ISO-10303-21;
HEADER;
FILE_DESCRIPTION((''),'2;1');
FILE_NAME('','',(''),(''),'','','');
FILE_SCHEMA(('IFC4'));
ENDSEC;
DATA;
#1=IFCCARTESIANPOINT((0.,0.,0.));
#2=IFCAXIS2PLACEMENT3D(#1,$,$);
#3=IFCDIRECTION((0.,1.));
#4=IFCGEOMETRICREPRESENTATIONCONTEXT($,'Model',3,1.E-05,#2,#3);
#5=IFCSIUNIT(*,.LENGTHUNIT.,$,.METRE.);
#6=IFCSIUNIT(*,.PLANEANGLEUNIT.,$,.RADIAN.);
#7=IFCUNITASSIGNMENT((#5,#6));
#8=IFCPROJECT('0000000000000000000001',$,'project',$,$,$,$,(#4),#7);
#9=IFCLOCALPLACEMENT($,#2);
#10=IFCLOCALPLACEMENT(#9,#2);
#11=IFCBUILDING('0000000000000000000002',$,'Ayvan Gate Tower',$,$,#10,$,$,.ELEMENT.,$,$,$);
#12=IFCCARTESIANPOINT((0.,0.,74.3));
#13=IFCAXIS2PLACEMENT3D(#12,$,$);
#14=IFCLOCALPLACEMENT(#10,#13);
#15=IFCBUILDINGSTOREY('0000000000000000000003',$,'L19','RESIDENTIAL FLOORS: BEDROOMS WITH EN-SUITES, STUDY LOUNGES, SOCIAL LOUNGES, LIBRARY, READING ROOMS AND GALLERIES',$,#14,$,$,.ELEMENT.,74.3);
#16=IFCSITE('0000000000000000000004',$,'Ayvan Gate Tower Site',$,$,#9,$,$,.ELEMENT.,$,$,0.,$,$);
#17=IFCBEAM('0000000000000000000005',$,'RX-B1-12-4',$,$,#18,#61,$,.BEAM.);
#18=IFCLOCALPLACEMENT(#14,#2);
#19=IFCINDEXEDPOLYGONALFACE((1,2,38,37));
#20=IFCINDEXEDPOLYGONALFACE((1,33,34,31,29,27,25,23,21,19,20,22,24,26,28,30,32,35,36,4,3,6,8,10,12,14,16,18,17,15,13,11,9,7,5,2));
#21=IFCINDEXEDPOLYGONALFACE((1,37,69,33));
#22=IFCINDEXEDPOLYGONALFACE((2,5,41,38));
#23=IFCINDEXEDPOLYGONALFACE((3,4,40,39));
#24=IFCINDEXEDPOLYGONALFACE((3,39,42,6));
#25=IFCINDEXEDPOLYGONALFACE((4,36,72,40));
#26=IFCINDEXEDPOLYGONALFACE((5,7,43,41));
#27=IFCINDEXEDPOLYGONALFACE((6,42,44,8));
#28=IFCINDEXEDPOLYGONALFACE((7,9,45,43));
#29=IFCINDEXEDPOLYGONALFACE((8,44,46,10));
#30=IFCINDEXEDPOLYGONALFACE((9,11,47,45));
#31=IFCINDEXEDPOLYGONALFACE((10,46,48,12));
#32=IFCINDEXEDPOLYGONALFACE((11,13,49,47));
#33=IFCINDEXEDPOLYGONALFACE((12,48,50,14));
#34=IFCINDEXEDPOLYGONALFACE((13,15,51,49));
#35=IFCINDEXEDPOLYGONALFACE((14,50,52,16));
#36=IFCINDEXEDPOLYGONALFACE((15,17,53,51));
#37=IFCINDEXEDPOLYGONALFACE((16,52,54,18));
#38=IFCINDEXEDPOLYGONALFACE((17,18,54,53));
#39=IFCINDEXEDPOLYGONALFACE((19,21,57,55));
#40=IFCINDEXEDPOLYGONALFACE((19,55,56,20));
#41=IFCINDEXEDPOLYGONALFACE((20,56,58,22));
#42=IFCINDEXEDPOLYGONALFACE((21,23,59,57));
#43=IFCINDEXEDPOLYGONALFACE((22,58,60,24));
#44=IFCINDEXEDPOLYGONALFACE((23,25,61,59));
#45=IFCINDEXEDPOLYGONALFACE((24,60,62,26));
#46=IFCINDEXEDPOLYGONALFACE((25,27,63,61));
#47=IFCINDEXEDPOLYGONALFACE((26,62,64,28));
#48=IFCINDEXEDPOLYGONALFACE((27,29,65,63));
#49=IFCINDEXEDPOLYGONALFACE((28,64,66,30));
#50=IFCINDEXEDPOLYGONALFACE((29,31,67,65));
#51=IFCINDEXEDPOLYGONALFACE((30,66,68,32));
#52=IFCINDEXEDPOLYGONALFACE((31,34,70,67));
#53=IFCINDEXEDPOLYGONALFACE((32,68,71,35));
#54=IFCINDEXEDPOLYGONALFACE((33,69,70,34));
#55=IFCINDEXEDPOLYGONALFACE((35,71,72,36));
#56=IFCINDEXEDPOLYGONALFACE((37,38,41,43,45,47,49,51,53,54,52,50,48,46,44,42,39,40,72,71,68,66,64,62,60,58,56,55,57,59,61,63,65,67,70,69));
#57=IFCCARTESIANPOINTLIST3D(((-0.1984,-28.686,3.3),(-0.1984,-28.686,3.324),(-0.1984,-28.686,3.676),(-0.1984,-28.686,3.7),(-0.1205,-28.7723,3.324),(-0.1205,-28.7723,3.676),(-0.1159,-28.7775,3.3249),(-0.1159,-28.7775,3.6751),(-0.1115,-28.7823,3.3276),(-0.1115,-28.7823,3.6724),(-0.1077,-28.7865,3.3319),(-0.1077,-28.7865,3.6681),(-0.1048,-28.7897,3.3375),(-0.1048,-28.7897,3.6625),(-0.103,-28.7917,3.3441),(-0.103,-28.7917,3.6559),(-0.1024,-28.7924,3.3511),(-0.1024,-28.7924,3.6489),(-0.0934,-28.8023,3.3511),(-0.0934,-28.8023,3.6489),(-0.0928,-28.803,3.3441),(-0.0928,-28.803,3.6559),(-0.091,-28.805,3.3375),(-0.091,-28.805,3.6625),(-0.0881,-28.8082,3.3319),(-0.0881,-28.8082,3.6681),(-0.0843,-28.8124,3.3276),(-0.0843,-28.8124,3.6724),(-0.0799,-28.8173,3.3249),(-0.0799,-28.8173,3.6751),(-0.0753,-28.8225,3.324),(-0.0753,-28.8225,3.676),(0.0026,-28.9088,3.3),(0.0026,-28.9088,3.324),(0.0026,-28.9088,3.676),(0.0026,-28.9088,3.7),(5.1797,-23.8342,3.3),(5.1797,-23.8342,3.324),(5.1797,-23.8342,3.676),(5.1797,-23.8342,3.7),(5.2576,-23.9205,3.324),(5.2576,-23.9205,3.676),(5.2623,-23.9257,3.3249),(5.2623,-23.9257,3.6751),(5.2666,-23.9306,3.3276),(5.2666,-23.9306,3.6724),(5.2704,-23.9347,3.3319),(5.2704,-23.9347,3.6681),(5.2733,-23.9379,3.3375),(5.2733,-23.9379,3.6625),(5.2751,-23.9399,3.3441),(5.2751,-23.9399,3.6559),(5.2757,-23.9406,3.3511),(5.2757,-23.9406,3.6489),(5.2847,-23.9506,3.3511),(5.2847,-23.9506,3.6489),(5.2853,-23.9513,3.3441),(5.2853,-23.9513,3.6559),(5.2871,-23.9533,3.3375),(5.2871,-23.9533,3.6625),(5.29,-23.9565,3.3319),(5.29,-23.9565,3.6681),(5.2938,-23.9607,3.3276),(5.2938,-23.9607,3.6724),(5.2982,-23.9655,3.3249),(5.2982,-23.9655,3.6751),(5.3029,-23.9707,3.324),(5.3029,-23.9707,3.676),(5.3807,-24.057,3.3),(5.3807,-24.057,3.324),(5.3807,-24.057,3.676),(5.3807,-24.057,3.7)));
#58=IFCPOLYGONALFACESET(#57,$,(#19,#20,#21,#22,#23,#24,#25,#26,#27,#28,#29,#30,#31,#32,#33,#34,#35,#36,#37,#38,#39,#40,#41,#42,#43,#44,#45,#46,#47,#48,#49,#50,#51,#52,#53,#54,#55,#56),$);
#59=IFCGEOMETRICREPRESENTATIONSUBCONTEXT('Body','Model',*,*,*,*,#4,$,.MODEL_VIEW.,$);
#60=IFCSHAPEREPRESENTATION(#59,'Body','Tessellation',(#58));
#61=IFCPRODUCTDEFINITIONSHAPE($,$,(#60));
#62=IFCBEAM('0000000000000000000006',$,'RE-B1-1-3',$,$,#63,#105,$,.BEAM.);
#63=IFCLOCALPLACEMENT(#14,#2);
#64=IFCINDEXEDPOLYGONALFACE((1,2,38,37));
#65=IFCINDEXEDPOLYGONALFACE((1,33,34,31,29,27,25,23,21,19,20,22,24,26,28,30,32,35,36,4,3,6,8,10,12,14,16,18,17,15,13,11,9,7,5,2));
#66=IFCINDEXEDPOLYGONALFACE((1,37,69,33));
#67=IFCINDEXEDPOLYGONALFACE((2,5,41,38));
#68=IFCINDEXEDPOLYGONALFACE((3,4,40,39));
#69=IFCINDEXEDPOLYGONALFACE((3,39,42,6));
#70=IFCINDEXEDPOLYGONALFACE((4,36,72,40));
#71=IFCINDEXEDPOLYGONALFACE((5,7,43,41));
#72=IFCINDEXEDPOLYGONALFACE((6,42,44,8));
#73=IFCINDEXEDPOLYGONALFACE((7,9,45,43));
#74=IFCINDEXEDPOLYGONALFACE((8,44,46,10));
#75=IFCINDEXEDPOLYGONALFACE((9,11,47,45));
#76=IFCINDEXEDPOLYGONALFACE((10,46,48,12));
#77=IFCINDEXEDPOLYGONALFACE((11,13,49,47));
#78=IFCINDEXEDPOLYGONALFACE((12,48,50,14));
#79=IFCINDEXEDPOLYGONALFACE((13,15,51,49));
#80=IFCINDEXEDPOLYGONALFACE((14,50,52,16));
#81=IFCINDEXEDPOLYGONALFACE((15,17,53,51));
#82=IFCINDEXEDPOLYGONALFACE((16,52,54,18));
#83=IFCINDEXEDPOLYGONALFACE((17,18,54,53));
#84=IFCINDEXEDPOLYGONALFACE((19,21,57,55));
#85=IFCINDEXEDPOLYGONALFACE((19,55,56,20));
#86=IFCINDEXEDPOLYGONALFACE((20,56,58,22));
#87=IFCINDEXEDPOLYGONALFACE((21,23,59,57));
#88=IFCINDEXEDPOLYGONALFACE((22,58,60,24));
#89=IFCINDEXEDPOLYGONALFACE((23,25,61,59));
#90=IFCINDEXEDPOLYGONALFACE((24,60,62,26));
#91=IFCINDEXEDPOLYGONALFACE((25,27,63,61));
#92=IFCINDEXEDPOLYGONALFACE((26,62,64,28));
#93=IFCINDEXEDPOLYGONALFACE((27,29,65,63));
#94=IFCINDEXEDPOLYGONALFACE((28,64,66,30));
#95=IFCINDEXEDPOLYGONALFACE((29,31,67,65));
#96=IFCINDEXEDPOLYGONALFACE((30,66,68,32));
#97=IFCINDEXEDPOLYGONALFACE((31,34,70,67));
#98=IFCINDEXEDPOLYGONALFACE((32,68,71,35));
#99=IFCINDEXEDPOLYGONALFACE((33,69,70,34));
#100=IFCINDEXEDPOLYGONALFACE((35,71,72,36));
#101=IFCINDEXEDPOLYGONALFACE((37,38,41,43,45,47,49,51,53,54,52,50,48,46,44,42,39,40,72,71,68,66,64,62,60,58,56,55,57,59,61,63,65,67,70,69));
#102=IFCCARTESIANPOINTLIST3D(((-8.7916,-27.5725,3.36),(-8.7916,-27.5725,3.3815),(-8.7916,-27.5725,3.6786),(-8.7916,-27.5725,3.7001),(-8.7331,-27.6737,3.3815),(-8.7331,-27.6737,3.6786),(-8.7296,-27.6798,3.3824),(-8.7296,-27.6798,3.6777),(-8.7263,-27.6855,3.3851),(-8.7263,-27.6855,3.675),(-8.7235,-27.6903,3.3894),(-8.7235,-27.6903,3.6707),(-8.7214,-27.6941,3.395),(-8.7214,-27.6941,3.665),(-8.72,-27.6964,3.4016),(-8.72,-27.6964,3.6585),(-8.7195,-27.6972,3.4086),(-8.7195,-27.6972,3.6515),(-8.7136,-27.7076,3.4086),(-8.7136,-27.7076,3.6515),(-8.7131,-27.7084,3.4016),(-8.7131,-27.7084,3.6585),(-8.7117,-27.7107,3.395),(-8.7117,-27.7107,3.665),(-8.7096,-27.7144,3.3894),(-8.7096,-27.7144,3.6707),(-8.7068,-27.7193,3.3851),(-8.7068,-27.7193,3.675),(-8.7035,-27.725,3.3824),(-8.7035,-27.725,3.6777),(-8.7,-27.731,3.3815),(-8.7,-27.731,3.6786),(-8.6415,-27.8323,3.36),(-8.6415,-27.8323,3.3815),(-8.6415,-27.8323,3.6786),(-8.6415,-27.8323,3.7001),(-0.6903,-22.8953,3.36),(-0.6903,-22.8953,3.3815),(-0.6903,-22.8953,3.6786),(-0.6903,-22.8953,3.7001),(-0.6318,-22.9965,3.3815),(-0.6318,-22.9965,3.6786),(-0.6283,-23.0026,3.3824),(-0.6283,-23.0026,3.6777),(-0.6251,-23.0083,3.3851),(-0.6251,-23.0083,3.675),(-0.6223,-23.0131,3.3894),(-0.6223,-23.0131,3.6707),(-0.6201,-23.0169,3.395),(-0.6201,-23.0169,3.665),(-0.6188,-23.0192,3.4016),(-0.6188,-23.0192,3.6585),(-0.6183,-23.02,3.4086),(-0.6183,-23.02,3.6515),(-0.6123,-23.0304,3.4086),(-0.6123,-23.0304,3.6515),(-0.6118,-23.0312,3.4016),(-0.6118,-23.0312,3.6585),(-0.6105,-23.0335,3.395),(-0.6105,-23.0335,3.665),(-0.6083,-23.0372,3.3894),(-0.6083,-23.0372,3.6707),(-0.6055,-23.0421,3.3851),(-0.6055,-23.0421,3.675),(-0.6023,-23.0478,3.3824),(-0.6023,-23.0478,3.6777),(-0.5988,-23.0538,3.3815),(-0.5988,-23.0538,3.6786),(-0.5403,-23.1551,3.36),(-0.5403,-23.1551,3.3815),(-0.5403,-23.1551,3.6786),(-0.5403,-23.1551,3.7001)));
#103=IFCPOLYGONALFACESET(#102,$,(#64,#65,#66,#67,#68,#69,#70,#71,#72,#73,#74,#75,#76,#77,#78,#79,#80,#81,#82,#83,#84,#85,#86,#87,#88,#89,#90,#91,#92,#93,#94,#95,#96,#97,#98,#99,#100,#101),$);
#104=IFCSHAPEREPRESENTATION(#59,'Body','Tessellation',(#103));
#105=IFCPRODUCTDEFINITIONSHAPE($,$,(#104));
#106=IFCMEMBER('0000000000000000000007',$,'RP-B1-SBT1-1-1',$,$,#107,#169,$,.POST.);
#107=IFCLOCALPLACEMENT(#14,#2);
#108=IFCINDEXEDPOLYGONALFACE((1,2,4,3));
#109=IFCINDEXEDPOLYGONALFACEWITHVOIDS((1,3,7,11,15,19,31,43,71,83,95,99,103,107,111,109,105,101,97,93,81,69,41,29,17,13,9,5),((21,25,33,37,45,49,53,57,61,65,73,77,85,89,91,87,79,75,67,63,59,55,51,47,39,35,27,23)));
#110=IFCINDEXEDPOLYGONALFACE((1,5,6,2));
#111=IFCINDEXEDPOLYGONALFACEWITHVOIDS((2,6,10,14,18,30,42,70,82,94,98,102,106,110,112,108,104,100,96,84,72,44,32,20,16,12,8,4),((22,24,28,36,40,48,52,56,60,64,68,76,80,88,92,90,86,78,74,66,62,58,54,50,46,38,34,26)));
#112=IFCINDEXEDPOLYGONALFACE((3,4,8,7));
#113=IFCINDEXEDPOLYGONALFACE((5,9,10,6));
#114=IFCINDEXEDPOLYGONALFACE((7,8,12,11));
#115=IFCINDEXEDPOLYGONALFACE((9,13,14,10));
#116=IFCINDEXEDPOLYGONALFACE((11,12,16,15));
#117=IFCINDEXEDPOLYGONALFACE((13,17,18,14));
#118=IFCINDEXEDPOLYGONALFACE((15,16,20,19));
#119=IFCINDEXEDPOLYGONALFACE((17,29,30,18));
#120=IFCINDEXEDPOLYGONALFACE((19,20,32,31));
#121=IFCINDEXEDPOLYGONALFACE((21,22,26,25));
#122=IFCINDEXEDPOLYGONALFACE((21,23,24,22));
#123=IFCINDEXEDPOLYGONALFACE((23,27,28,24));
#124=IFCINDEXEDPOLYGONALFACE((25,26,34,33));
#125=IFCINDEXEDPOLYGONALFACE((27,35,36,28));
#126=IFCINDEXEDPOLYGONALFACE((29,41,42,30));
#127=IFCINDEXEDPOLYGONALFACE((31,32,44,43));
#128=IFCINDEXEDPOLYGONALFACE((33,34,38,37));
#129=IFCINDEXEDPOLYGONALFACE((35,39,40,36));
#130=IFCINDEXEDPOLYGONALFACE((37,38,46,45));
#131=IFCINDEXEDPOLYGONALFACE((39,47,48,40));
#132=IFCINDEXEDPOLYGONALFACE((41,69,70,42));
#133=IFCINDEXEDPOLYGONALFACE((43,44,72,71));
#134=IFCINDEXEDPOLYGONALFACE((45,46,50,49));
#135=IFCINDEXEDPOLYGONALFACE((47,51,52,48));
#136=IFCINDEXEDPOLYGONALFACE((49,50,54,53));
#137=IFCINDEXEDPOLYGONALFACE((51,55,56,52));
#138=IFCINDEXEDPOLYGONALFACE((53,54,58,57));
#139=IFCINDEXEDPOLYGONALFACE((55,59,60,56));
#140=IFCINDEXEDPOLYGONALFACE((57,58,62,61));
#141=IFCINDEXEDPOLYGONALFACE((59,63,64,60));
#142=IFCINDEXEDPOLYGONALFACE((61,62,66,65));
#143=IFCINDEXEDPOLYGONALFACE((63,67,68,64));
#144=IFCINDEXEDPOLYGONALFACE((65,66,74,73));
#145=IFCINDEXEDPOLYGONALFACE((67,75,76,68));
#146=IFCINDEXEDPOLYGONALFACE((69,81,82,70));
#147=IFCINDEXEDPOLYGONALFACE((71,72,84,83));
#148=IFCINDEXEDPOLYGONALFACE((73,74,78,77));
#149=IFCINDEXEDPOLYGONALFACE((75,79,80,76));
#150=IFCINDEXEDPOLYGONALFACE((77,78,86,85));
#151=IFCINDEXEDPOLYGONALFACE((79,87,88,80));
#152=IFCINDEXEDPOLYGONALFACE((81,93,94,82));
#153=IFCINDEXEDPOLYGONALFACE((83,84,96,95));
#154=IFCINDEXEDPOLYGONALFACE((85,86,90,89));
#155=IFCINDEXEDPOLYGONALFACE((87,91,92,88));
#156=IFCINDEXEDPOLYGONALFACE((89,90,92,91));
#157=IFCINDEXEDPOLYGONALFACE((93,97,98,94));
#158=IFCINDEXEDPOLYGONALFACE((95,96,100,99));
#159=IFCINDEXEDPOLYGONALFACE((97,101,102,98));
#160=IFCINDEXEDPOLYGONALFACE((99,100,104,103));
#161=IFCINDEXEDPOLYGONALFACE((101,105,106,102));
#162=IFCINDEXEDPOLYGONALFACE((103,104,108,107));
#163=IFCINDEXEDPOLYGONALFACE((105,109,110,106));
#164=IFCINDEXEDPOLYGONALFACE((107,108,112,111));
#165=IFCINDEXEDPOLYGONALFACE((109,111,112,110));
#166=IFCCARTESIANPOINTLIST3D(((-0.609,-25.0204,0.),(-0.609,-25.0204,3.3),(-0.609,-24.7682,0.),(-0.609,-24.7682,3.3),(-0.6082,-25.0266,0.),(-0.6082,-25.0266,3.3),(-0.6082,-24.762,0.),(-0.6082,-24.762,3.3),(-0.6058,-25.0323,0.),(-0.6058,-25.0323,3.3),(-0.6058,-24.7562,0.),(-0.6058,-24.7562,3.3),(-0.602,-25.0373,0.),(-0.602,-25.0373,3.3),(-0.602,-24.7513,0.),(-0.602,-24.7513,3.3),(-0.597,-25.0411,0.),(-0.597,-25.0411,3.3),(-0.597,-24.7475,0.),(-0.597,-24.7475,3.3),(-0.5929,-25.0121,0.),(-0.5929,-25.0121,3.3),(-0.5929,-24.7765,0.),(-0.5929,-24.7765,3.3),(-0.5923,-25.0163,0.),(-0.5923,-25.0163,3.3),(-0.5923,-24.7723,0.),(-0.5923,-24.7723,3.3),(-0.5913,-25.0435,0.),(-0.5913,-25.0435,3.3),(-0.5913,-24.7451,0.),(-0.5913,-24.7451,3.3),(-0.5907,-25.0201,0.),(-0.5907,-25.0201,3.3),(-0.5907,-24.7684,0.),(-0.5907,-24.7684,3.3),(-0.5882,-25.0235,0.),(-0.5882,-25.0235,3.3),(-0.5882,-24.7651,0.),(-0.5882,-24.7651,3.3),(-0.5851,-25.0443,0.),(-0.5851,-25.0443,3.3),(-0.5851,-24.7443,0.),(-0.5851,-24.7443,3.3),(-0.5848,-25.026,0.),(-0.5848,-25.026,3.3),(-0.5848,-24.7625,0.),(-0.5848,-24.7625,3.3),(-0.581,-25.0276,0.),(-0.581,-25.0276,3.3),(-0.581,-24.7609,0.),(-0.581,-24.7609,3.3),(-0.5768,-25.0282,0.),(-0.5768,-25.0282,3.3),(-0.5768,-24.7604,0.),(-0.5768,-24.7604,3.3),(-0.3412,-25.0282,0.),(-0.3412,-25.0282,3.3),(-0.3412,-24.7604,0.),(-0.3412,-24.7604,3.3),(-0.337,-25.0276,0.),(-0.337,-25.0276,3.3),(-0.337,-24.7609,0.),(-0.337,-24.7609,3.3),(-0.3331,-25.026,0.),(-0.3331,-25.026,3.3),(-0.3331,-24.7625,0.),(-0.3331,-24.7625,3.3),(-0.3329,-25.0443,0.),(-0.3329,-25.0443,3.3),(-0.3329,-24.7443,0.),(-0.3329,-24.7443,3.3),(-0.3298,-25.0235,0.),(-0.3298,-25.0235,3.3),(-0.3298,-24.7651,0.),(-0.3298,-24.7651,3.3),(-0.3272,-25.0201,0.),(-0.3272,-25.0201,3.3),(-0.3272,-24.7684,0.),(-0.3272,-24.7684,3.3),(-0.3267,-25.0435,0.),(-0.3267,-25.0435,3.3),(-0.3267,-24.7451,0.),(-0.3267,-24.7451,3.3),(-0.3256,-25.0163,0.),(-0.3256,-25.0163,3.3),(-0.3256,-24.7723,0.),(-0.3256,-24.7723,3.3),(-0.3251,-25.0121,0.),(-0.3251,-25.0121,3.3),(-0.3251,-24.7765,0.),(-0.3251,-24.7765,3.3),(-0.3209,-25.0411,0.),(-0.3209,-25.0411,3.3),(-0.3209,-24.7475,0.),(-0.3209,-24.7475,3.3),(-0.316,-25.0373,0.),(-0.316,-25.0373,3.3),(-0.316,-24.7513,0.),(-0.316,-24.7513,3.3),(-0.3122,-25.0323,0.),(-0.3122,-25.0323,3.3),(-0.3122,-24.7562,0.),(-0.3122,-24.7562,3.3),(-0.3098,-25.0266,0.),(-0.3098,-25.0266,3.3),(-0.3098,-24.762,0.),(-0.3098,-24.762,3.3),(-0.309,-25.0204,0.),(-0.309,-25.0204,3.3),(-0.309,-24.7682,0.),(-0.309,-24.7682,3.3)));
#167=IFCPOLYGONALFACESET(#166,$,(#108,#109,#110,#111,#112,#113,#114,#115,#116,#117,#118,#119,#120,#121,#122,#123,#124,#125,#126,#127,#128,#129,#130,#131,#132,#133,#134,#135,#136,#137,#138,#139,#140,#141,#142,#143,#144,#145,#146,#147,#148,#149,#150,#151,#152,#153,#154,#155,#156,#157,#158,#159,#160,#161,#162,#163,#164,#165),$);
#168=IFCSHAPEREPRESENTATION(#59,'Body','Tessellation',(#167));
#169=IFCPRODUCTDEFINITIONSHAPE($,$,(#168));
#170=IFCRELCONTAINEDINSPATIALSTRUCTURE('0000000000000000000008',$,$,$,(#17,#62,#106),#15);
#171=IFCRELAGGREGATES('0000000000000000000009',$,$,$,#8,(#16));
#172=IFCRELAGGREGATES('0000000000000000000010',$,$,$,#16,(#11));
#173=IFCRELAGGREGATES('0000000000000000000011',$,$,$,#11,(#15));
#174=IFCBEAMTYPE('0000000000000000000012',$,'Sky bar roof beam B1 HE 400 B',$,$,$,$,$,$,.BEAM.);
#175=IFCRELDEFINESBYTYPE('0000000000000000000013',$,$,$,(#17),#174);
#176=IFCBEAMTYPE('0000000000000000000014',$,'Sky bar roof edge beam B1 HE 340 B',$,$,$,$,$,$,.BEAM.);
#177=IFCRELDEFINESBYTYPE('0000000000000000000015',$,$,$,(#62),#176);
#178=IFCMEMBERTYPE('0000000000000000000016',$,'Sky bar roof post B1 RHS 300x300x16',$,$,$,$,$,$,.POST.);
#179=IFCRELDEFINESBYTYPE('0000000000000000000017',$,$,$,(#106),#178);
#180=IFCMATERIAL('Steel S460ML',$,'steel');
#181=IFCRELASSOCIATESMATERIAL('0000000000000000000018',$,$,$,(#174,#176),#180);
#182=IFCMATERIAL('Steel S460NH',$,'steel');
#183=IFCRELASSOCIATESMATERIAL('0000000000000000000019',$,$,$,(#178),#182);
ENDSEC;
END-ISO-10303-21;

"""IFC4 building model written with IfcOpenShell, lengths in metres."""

from ifc_helpers import new_model, si_unit, direction, frame, origin, origin_2d, place, context, subcontext, project, spatial, hollow_rectangle, i_section, extrude, material, material_profile, profile_set, type_object, element, save


model = new_model("IFC4")

# Units and contexts
model_context = context("Model", 3, precision=1e-05, world=origin(), true_north=direction((0.0, 1.0)))
body_context = subcontext(model_context, "Body", "Model", "MODEL_VIEW")
ifc_project = project(units=[si_unit("LENGTHUNIT", "METRE"), si_unit("PLANEANGLEUNIT", "RADIAN")], contexts=[model_context])

# Site, building, storey
site_placement = place(None, origin())
site = spatial("IfcSite", under=ifc_project, at=site_placement, Name="Ayvan Gate Tower Site", CompositionType="ELEMENT", RefElevation=0.0)
building_placement = place(site_placement, origin())
building = spatial("IfcBuilding", under=site, at=building_placement, Name="Ayvan Gate Tower", CompositionType="ELEMENT")
storey_placement = place(building_placement, frame((0.0, 0.0, 74.3)))
storey = spatial("IfcBuildingStorey", under=building, at=storey_placement, Name="L19", Description="RESIDENTIAL FLOORS: BEDROOMS WITH EN-SUITES, STUDY LOUNGES, SOCIAL LOUNGES, LIBRARY, READING ROOMS AND GALLERIES", CompositionType="ELEMENT", Elevation=74.3)

# Beams
ifc_material_1 = material(Name="Steel S460ML", Category="steel")
ifc_material_profile_1 = material_profile(ifc_material_1, i_section(OverallWidth=0.3, OverallDepth=0.3999, WebThickness=0.0134, FlangeThickness=0.0239, FilletRadius=0.0271, at=origin_2d()), Name="HE 400 B")
ifc_profile_set_1 = profile_set([ifc_material_profile_1], Name="Steel S460ML")
beam_type_1 = type_object("IfcBeamType", Name="Sky bar roof beam B1 HE 400 B", PredefinedType="BEAM", material=ifc_profile_set_1)
beam_1_placement = place(storey_placement, frame((-0.0979, -28.7974, 3.5), z_axis=(0.742508, 0.669838, 0.0), x_axis=(-0.669838, 0.742508, 0.0)))
element("IfcBeam", 1, at=beam_1_placement, inside=storey, type_object=beam_type_1, Name="RX-B1-12-4", PredefinedType="BEAM", context=body_context, shape_type="SweptSolid", body=[
    extrude(i_section(OverallWidth=0.3, OverallDepth=0.3999, WebThickness=0.0134, FlangeThickness=0.0239, FilletRadius=0.0271, at=origin_2d()), origin(), (0.0, 0.0, 1.0), 7.2432),
])
ifc_material_profile_2 = material_profile(ifc_material_1, i_section(OverallWidth=0.3, OverallDepth=0.3401, WebThickness=0.012, FlangeThickness=0.0215, FilletRadius=0.0271, at=origin_2d()), Name="HE 340 B")
ifc_profile_set_2 = profile_set([ifc_material_profile_2], Name="Steel S460ML")
beam_type_2 = type_object("IfcBeamType", Name="Sky bar roof edge beam B1 HE 340 B", PredefinedType="BEAM", material=ifc_profile_set_2)
beam_2_placement = place(storey_placement, frame((-8.7166, -27.7024, 3.53), z_axis=(0.866028, 0.499996, 0.0), x_axis=(-0.499996, 0.866028, 0.0)))
element("IfcBeam", 2, at=beam_2_placement, inside=storey, type_object=beam_type_2, Name="RE-B1-1-3", PredefinedType="BEAM", context=body_context, shape_type="SweptSolid", body=[
    extrude(i_section(OverallWidth=0.3, OverallDepth=0.3401, WebThickness=0.012, FlangeThickness=0.0215, FilletRadius=0.0271, at=origin_2d()), origin(), (0.0, 0.0, 1.0), 9.3545),
])

# Member
ifc_material_2 = material(Name="Steel S460NH", Category="steel")
ifc_material_profile_3 = material_profile(ifc_material_2, hollow_rectangle(XDim=0.3, YDim=0.3, WallThickness=0.0161, InnerFilletRadius=0.0161, OuterFilletRadius=0.0239, at=origin_2d()), Name="RHS 300x300x16")
ifc_profile_set_3 = profile_set([ifc_material_profile_3], Name="Steel S460NH")
member_type_1 = type_object("IfcMemberType", Name="Sky bar roof post B1 RHS 300x300x16", PredefinedType="POST", material=ifc_profile_set_3)
for number, where, z_axis, x_axis, name in (
    (3, (-0.459, -24.8943, 0.0), (0.0, 0.0, 1.0), (1.0, 0.0, 0.0), "RP-B1-SBT1-1-1"),
):
    element("IfcMember", number, at=place(storey_placement, frame(where, z_axis=z_axis, x_axis=x_axis)), inside=storey, type_object=member_type_1, Name=name, PredefinedType="POST", context=body_context, shape_type="SweptSolid", body=[
        extrude(hollow_rectangle(XDim=0.3, YDim=0.3, WallThickness=0.0161, InnerFilletRadius=0.0161, OuterFilletRadius=0.0239, at=origin_2d()), origin(), (0.0, 0.0, 1.0), 3.3),
    ])

save(model, "model.ifc")
